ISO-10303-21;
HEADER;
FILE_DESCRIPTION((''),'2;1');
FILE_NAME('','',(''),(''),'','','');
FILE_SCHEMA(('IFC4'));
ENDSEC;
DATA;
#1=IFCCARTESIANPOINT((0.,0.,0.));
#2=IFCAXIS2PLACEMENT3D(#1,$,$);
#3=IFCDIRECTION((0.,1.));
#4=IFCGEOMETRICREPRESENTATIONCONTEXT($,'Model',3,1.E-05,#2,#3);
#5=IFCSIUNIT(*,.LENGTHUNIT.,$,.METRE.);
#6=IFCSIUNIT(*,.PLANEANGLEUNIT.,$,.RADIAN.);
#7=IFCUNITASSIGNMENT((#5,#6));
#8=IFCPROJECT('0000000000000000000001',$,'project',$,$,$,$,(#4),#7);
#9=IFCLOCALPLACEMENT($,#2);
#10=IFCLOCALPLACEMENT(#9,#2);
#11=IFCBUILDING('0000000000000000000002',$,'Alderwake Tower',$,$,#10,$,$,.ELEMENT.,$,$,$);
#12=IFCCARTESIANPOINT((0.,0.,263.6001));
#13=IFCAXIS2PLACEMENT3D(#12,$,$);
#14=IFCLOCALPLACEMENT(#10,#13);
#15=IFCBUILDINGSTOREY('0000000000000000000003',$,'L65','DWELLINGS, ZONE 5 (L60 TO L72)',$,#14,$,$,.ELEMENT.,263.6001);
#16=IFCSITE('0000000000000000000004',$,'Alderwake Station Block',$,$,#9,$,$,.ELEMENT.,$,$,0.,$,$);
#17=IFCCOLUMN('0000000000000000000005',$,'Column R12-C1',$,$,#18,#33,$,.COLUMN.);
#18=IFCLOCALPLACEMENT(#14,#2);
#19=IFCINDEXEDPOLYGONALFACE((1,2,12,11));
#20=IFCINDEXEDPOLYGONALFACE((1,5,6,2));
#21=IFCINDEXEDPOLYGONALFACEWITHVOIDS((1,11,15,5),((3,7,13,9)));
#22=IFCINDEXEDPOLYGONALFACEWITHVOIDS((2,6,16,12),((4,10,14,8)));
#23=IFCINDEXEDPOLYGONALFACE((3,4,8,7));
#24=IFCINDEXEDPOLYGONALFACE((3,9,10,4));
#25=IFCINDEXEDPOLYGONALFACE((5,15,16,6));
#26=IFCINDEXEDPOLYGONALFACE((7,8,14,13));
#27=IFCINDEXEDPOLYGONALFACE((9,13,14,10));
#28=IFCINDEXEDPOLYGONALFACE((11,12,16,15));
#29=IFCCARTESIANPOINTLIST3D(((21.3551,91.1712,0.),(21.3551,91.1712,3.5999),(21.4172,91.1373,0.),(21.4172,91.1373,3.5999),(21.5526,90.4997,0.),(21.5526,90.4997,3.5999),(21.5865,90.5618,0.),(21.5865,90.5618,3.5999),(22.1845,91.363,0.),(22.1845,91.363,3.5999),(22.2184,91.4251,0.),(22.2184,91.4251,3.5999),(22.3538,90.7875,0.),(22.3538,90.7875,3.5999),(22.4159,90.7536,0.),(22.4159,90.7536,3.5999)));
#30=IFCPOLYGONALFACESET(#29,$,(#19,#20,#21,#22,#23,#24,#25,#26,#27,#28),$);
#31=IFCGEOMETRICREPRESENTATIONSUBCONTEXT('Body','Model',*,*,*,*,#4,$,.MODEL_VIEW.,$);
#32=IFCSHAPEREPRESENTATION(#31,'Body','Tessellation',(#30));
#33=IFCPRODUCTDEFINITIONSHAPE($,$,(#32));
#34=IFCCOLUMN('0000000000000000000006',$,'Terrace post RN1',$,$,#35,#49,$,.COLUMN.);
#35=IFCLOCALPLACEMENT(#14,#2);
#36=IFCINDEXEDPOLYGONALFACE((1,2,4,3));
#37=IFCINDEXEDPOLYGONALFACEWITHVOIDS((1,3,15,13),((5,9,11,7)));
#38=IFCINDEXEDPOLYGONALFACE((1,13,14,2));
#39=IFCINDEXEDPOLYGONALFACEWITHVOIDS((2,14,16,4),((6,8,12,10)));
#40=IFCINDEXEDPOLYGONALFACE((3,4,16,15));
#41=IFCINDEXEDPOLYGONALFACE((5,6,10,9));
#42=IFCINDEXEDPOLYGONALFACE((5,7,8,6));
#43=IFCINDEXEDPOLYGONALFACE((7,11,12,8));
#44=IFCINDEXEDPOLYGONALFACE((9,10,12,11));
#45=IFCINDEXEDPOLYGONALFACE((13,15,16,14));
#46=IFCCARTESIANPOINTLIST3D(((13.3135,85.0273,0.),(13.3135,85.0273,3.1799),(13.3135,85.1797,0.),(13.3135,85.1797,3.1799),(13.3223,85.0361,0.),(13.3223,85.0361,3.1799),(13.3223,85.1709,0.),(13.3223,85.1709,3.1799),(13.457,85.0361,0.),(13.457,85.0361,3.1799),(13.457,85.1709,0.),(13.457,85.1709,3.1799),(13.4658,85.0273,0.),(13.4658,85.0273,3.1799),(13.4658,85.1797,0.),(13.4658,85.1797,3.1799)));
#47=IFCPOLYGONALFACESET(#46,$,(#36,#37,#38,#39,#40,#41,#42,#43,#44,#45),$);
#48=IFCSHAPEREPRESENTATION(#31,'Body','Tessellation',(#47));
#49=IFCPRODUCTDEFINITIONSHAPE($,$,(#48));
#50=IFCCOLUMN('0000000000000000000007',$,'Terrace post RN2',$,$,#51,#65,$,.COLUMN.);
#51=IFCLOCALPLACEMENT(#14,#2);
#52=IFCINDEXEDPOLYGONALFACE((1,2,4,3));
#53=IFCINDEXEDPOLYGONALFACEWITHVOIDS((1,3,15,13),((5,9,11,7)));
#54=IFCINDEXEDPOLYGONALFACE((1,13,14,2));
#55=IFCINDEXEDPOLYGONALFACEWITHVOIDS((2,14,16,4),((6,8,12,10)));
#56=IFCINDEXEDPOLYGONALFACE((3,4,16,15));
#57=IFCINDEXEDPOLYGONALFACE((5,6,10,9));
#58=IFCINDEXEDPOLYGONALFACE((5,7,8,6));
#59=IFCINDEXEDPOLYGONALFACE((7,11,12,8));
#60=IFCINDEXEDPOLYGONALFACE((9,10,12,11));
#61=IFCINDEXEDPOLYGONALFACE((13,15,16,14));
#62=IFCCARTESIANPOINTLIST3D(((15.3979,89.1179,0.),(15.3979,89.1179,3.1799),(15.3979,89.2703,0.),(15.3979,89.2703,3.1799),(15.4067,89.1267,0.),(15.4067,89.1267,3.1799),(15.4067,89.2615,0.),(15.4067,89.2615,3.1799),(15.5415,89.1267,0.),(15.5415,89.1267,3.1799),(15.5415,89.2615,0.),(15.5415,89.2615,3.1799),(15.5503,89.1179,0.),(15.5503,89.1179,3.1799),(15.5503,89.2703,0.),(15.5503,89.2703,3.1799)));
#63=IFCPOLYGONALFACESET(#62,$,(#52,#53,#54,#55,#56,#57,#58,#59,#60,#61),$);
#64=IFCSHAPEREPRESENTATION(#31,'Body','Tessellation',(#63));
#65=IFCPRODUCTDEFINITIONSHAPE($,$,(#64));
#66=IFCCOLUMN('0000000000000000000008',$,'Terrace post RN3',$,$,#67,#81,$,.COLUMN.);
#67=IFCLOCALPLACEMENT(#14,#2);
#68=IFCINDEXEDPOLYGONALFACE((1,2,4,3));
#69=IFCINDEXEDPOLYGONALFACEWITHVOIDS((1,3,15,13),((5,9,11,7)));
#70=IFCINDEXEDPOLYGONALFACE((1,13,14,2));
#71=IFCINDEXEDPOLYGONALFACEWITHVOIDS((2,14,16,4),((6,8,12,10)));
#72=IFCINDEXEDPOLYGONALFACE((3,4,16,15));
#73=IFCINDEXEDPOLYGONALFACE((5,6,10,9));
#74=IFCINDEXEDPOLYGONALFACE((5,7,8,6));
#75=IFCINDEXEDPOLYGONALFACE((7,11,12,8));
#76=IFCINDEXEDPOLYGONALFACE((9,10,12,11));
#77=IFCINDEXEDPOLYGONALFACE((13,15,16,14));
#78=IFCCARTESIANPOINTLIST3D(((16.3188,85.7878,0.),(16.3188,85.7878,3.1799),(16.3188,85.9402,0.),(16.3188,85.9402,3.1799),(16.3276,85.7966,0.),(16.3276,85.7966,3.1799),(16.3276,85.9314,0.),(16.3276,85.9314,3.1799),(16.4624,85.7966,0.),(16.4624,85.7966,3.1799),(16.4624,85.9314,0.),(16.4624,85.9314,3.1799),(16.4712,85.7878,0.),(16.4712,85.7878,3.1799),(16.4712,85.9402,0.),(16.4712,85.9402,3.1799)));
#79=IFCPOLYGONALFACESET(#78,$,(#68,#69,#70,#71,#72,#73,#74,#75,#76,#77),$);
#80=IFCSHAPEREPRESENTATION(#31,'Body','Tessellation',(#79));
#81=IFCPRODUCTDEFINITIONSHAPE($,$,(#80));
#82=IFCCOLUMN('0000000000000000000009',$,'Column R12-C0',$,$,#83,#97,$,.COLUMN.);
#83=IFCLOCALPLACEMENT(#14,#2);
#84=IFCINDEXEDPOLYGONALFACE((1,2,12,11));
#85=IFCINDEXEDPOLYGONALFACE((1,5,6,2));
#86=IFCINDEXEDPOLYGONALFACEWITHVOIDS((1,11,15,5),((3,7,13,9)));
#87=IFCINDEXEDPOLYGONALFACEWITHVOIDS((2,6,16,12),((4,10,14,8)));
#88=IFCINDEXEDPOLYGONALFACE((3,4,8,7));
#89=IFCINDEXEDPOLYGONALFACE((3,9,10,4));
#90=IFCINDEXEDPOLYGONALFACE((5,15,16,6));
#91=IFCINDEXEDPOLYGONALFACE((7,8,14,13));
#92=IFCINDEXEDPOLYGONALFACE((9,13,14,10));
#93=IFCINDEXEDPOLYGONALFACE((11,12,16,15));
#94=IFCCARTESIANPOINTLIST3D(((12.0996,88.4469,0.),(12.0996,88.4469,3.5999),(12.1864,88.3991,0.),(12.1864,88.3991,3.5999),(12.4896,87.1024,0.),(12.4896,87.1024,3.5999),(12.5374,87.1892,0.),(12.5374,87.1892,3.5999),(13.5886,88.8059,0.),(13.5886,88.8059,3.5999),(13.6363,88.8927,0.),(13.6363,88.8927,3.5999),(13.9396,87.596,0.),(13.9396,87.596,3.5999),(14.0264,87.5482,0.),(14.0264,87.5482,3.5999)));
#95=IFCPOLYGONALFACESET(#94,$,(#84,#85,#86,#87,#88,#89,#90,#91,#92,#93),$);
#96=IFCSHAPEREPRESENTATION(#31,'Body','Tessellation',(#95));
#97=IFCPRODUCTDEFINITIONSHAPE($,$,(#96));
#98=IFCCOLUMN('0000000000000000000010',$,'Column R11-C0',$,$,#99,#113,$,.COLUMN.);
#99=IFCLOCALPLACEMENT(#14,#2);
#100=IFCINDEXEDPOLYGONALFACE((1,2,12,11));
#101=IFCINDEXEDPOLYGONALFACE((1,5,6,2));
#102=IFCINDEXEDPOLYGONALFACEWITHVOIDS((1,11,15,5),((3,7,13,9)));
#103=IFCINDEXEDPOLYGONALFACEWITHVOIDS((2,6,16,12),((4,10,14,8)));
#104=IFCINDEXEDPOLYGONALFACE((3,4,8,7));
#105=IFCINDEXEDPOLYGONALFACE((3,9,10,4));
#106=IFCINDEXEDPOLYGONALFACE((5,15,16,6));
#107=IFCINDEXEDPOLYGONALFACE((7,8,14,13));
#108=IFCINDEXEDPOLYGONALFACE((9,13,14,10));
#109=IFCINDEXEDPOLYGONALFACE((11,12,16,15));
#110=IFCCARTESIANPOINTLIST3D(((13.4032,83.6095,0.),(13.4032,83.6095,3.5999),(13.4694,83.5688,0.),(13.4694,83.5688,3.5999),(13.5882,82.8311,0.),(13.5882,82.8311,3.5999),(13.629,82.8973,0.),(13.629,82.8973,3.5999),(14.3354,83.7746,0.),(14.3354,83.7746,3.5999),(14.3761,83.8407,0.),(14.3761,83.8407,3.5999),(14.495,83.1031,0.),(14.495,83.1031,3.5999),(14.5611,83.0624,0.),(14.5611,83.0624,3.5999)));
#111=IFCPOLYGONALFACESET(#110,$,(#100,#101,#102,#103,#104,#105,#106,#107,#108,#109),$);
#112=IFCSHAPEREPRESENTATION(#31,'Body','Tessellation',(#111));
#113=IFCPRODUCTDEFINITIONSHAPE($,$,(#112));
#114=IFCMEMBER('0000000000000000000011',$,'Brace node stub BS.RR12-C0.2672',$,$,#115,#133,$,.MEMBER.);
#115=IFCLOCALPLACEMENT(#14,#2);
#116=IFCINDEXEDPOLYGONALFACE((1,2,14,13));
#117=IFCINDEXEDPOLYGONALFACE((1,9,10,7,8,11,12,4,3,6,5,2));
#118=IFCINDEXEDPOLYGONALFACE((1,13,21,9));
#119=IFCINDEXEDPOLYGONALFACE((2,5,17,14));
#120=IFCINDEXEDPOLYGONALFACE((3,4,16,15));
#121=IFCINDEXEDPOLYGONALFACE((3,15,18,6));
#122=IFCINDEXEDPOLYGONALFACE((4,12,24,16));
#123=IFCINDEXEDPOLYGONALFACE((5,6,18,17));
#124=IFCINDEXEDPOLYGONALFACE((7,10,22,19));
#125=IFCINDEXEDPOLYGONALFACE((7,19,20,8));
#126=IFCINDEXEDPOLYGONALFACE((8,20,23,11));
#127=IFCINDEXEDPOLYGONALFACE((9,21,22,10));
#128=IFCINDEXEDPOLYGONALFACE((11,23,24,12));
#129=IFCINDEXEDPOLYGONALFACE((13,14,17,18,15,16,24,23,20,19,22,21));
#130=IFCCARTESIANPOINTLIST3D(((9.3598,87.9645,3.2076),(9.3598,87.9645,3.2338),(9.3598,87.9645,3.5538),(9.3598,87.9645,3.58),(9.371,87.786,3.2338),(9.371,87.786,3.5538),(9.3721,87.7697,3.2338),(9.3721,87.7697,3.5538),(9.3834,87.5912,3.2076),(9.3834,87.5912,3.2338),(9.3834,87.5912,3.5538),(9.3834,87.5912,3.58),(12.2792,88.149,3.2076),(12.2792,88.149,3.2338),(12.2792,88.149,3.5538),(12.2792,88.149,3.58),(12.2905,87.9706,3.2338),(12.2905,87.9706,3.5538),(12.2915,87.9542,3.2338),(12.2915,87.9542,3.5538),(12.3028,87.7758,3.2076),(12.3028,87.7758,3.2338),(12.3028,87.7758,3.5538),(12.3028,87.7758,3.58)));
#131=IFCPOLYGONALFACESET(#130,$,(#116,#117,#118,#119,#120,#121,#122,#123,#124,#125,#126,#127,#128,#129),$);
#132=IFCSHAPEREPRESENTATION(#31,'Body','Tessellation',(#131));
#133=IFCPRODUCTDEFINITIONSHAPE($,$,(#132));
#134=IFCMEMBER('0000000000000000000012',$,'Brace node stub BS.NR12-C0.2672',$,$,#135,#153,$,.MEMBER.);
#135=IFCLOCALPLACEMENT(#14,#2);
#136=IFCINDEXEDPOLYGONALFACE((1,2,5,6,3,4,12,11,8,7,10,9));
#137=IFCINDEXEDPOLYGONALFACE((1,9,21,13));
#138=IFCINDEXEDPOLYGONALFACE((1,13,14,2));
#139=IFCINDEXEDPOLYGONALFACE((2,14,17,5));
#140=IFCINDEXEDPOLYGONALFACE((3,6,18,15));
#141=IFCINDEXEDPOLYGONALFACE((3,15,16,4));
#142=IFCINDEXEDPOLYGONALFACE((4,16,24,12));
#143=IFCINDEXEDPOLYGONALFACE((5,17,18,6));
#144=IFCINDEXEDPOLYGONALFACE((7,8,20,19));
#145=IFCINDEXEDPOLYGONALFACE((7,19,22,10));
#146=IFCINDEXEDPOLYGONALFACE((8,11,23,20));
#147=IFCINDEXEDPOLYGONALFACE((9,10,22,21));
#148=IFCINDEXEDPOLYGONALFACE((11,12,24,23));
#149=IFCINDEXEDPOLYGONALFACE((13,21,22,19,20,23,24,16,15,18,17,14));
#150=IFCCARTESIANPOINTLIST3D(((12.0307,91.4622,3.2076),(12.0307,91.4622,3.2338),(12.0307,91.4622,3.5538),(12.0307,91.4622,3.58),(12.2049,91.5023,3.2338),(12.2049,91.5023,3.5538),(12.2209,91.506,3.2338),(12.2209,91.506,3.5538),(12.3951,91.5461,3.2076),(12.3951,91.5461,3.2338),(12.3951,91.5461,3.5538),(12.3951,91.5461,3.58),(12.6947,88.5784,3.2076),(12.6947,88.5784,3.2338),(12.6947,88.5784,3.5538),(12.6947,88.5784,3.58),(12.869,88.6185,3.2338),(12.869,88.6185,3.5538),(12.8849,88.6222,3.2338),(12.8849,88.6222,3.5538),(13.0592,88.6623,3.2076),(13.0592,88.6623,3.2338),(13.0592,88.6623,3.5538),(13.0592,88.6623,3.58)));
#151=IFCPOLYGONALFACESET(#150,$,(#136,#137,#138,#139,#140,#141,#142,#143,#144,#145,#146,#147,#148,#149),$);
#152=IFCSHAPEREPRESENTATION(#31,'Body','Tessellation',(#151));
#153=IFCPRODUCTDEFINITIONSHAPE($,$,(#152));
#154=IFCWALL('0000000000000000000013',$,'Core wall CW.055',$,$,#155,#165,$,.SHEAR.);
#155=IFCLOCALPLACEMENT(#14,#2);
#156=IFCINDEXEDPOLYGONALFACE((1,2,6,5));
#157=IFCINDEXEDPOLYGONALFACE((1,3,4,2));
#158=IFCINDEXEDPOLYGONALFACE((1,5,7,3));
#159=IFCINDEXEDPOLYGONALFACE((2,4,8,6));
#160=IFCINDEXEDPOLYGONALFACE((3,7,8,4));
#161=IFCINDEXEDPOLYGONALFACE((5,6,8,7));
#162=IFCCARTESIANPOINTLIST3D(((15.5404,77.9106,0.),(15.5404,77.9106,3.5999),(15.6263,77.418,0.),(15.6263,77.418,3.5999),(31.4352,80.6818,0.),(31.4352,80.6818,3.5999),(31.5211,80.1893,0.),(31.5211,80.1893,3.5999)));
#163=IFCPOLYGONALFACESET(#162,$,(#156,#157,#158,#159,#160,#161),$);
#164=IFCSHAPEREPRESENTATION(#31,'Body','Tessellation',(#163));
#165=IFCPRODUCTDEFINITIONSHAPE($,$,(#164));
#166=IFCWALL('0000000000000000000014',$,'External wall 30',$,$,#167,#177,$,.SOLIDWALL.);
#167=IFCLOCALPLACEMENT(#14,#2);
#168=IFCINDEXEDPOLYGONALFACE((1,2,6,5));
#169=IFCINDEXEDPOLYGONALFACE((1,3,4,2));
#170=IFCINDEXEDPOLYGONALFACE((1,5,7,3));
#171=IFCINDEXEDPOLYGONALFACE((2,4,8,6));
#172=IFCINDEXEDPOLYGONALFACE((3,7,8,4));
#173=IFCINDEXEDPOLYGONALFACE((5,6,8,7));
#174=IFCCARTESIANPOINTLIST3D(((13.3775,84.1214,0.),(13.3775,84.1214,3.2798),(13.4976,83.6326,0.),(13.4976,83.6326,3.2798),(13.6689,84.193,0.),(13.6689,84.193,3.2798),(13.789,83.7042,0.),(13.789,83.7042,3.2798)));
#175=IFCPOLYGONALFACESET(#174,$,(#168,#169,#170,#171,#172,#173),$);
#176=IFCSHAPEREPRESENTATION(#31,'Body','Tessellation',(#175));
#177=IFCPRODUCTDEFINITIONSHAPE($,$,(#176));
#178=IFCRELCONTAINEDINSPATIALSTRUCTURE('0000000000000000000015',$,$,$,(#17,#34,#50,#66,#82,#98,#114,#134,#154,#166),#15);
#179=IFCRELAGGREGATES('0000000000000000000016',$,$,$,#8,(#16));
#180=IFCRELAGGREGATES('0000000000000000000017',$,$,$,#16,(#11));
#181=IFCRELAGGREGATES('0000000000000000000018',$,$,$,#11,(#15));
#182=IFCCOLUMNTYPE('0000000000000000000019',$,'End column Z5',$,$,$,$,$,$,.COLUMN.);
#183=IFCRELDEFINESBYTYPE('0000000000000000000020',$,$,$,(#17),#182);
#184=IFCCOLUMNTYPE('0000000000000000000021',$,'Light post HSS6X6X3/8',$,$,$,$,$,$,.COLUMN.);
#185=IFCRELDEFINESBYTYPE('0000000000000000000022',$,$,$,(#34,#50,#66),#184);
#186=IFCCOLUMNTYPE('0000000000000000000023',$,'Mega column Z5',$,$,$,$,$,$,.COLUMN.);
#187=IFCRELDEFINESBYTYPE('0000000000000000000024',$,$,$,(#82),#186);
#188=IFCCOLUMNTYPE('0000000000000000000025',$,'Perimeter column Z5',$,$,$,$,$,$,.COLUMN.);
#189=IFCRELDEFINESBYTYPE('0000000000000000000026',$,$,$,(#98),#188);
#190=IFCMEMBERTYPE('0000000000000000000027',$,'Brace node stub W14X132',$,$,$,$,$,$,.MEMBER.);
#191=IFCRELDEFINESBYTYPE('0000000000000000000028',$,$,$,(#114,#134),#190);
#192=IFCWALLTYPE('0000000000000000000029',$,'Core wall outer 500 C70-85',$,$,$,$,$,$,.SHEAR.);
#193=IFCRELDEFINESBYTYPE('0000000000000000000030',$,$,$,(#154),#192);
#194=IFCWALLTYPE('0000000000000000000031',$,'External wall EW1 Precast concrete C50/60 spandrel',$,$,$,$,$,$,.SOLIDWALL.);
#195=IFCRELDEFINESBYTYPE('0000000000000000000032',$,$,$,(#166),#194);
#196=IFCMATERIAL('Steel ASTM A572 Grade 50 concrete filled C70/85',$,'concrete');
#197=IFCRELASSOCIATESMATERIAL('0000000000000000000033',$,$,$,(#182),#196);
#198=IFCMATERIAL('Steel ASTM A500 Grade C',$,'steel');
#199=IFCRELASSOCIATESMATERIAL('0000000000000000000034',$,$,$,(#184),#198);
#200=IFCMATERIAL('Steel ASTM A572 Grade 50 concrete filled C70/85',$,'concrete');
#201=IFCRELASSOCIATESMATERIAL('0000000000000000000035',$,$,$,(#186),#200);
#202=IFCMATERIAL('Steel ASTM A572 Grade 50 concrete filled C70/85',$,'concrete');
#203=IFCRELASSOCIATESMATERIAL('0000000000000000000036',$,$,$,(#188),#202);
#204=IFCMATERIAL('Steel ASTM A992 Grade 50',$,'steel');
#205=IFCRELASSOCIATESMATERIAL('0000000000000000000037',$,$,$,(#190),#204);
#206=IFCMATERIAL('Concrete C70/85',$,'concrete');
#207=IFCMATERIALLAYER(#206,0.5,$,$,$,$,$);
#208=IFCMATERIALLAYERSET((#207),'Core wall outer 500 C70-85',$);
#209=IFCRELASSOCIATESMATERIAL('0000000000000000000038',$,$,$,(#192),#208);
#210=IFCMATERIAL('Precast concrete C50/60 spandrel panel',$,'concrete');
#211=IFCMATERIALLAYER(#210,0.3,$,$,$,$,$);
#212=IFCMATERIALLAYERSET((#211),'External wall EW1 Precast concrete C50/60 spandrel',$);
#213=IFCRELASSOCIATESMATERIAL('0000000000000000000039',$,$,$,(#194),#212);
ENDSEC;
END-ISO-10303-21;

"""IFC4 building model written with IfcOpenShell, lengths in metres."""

from ifc_helpers import new_model, si_unit, direction, frame, frame_2d, origin, origin_2d, place, context, subcontext, project, spatial, rectangle, hollow_rectangle, i_section, extrude, material, layer, layer_set, material_profile, profile_set, type_object, element, save


model = new_model("IFC4")

# Units and contexts
model_context = context("Model", 3, precision=1e-05, world=origin(), true_north=direction((0.0, 1.0)))
body_context = subcontext(model_context, "Body", "Model", "MODEL_VIEW")
ifc_project = project(units=[si_unit("LENGTHUNIT", "METRE"), si_unit("PLANEANGLEUNIT", "RADIAN")], contexts=[model_context])

# Site, building, storey
site_placement = place(None, origin())
site = spatial("IfcSite", under=ifc_project, at=site_placement, Name="Alderwake Station Block", CompositionType="ELEMENT", RefElevation=0.0)
building_placement = place(site_placement, origin())
building = spatial("IfcBuilding", under=site, at=building_placement, Name="Alderwake Tower", CompositionType="ELEMENT")
storey_placement = place(building_placement, frame((0.0, 0.0, 263.6001)))
storey = spatial("IfcBuildingStorey", under=building, at=storey_placement, Name="L65", Description="DWELLINGS, ZONE 5 (L60 TO L72)", CompositionType="ELEMENT", Elevation=263.6001)

# Columns
ifc_material_1 = material(Name="Steel ASTM A572 Grade 50 concrete filled C70/85", Category="concrete")
ifc_material_profile_1 = material_profile(ifc_material_1, hollow_rectangle(XDim=0.7, YDim=0.8999, WallThickness=0.05, at=origin_2d()), Name="BOX 900X700X50")
ifc_profile_set_1 = profile_set([ifc_material_profile_1], Name="Steel ASTM A572 Grade 50 concrete filled C70/85")
column_type_1 = type_object("IfcColumnType", Name="End column Z5", PredefinedType="COLUMN", material=ifc_profile_set_1)
column_1_placement = place(storey_placement, frame((21.8855, 90.9624, 0.0), z_axis=(0.0, 0.0, 1.0), x_axis=(-0.282132, 0.959376, 0.0)))
element("IfcColumn", 1, at=column_1_placement, inside=storey, type_object=column_type_1, Name="Column R12-C1", PredefinedType="COLUMN", context=body_context, shape_type="SweptSolid", body=[
    extrude(hollow_rectangle(XDim=0.7, YDim=0.8999, WallThickness=0.05, at=origin_2d()), origin(), (0.0, 0.0, 1.0), 3.5999),
])
ifc_material_2 = material(Name="Steel ASTM A500 Grade C", Category="steel")
ifc_material_profile_2 = material_profile(ifc_material_2, hollow_rectangle(XDim=0.1523, YDim=0.1523, WallThickness=0.0088, at=origin_2d()), Name="HSS6X6X3/8")
ifc_profile_set_2 = profile_set([ifc_material_profile_2], Name="Steel ASTM A500 Grade C")
column_type_2 = type_object("IfcColumnType", Name="Light post HSS6X6X3/8", PredefinedType="COLUMN", material=ifc_profile_set_2)
for number, where, z_axis, x_axis, name in (
    (2, (13.3896, 85.1035, 0.0), (0.0, 0.0, 1.0), (1.0, 0.0, 0.0), "Terrace post RN1"),
    (3, (15.4741, 89.1941, 0.0), (0.0, 0.0, 1.0), (1.0, 0.0, 0.0), "Terrace post RN2"),
    (4, (16.395, 85.864, 0.0), (0.0, 0.0, 1.0), (1.0, 0.0, 0.0), "Terrace post RN3"),
):
    element("IfcColumn", number, at=place(storey_placement, frame(where, z_axis=z_axis, x_axis=x_axis)), inside=storey, type_object=column_type_2, Name=name, PredefinedType="COLUMN", context=body_context, shape_type="SweptSolid", body=[
        extrude(hollow_rectangle(XDim=0.1523, YDim=0.1523, WallThickness=0.0088, at=origin_2d()), origin(), (0.0, 0.0, 1.0), 3.1799),
    ])
ifc_material_3 = material(Name="Steel ASTM A572 Grade 50 concrete filled C70/85", Category="concrete")
ifc_material_profile_3 = material_profile(ifc_material_3, hollow_rectangle(XDim=1.3999, YDim=1.6001, WallThickness=0.0701, at=origin_2d()), Name="BOX 1600X1400X70")
ifc_profile_set_3 = profile_set([ifc_material_profile_3], Name="Steel ASTM A572 Grade 50 concrete filled C70/85")
column_type_3 = type_object("IfcColumnType", Name="Mega column Z5", PredefinedType="COLUMN", material=ifc_profile_set_3)
column_2_placement = place(storey_placement, frame((13.063, 87.9976, 0.0), z_axis=(0.0, 0.0, 1.0), x_axis=(-0.278612, 0.960404, 0.0)))
element("IfcColumn", 5, at=column_2_placement, inside=storey, type_object=column_type_3, Name="Column R12-C0", PredefinedType="COLUMN", context=body_context, shape_type="SweptSolid", body=[
    extrude(hollow_rectangle(XDim=1.3999, YDim=1.6001, WallThickness=0.0701, at=origin_2d()), origin(), (0.0, 0.0, 1.0), 3.5999),
])
ifc_material_4 = material(Name="Steel ASTM A572 Grade 50 concrete filled C70/85", Category="concrete")
ifc_material_profile_4 = material_profile(ifc_material_4, hollow_rectangle(XDim=0.8, YDim=1.0, WallThickness=0.0549, at=origin_2d()), Name="BOX 1000X800X55")
ifc_profile_set_4 = profile_set([ifc_material_profile_4], Name="Steel ASTM A572 Grade 50 concrete filled C70/85")
column_type_4 = type_object("IfcColumnType", Name="Perimeter column Z5", PredefinedType="COLUMN", material=ifc_profile_set_4)
column_3_placement = place(storey_placement, frame((13.9822, 83.3359, 0.0), z_axis=(0.0, 0.0, 1.0), x_axis=(-0.231222, 0.972901, 0.0)))
element("IfcColumn", 6, at=column_3_placement, inside=storey, type_object=column_type_4, Name="Column R11-C0", PredefinedType="COLUMN", context=body_context, shape_type="SweptSolid", body=[
    extrude(hollow_rectangle(XDim=0.8, YDim=1.0, WallThickness=0.0549, at=origin_2d()), origin(), (0.0, 0.0, 1.0), 3.5999),
])

# Members
ifc_material_5 = material(Name="Steel ASTM A992 Grade 50", Category="steel")
ifc_material_profile_5 = material_profile(ifc_material_5, i_section(OverallWidth=0.374, OverallDepth=0.3723, WebThickness=0.0164, FlangeThickness=0.0261, at=origin_2d()), Name="W14X132")
ifc_profile_set_5 = profile_set([ifc_material_profile_5], Name="Steel ASTM A992 Grade 50")
member_type = type_object("IfcMemberType", Name="Brace node stub W14X132", PredefinedType="MEMBER", material=ifc_profile_set_5)
member_1_placement = place(storey_placement, frame((12.291, 87.9624, 3.3938), z_axis=(-0.998008, -0.063095, 0.0), x_axis=(0.063095, -0.998008, 0.0)))
element("IfcMember", 7, at=member_1_placement, inside=storey, type_object=member_type, Name="Brace node stub BS.RR12-C0.2672", PredefinedType="MEMBER", context=body_context, shape_type="SweptSolid", body=[
    extrude(i_section(OverallWidth=0.374, OverallDepth=0.3723, WebThickness=0.0164, FlangeThickness=0.0261, at=origin_2d()), origin(), (0.0, 0.0, 1.0), 2.9253),
])
member_2_placement = place(storey_placement, frame((12.877, 88.6204, 3.3938), z_axis=(-0.224402, 0.974497, 0.0), x_axis=(-0.974497, -0.224402, 0.0)))
element("IfcMember", 8, at=member_2_placement, inside=storey, type_object=member_type, Name="Brace node stub BS.NR12-C0.2672", PredefinedType="MEMBER", context=body_context, shape_type="SweptSolid", body=[
    extrude(i_section(OverallWidth=0.374, OverallDepth=0.3723, WebThickness=0.0164, FlangeThickness=0.0261, at=origin_2d()), origin(), (0.0, 0.0, 1.0), 2.9592),
])

# Walls
ifc_material_6 = material(Name="Concrete C70/85", Category="concrete")
ifc_layer_1 = layer(ifc_material_6, 0.5)
ifc_layer_set_1 = layer_set([ifc_layer_1], Name="Core wall outer 500 C70-85")
wall_type_1 = type_object("IfcWallType", Name="Core wall outer 500 C70-85", PredefinedType="SHEAR", material=ifc_layer_set_1)
wall_1_placement = place(storey_placement, frame((15.5833, 77.6643, 0.0), z_axis=(0.0, 0.0, 1.0), x_axis=(0.985139, 0.171758, 0.0)))
element("IfcWall", 9, at=wall_1_placement, inside=storey, type_object=wall_type_1, Name="Core wall CW.055", PredefinedType="SHEAR", context=body_context, shape_type="SweptSolid", body=[
    extrude(rectangle(XDim=16.1345, YDim=0.5, at=frame_2d((8.0674, 0.0))), origin(), (0.0, 0.0, 1.0), 3.5999),
])
ifc_material_7 = material(Name="Precast concrete C50/60 spandrel panel", Category="concrete")
ifc_layer_2 = layer(ifc_material_7, 0.3)
ifc_layer_set_2 = layer_set([ifc_layer_2], Name="External wall EW1 Precast concrete C50/60 spandrel")
wall_type_2 = type_object("IfcWallType", Name="External wall EW1 Precast concrete C50/60 spandrel", PredefinedType="SOLIDWALL", material=ifc_layer_set_2)
wall_2_placement = place(storey_placement, frame((13.5232, 84.1572, 0.0), z_axis=(0.0, 0.0, 1.0), x_axis=(0.238653, -0.971105, 0.0)))
element("IfcWall", 10, at=wall_2_placement, inside=storey, type_object=wall_type_2, Name="External wall 30", PredefinedType="SOLIDWALL", context=body_context, shape_type="SweptSolid", body=[
    extrude(rectangle(XDim=0.5034, YDim=0.3, at=frame_2d((0.2517, 0.0))), origin(), (0.0, 0.0, 1.0), 3.2798),
])

save(model, "model.ifc")
